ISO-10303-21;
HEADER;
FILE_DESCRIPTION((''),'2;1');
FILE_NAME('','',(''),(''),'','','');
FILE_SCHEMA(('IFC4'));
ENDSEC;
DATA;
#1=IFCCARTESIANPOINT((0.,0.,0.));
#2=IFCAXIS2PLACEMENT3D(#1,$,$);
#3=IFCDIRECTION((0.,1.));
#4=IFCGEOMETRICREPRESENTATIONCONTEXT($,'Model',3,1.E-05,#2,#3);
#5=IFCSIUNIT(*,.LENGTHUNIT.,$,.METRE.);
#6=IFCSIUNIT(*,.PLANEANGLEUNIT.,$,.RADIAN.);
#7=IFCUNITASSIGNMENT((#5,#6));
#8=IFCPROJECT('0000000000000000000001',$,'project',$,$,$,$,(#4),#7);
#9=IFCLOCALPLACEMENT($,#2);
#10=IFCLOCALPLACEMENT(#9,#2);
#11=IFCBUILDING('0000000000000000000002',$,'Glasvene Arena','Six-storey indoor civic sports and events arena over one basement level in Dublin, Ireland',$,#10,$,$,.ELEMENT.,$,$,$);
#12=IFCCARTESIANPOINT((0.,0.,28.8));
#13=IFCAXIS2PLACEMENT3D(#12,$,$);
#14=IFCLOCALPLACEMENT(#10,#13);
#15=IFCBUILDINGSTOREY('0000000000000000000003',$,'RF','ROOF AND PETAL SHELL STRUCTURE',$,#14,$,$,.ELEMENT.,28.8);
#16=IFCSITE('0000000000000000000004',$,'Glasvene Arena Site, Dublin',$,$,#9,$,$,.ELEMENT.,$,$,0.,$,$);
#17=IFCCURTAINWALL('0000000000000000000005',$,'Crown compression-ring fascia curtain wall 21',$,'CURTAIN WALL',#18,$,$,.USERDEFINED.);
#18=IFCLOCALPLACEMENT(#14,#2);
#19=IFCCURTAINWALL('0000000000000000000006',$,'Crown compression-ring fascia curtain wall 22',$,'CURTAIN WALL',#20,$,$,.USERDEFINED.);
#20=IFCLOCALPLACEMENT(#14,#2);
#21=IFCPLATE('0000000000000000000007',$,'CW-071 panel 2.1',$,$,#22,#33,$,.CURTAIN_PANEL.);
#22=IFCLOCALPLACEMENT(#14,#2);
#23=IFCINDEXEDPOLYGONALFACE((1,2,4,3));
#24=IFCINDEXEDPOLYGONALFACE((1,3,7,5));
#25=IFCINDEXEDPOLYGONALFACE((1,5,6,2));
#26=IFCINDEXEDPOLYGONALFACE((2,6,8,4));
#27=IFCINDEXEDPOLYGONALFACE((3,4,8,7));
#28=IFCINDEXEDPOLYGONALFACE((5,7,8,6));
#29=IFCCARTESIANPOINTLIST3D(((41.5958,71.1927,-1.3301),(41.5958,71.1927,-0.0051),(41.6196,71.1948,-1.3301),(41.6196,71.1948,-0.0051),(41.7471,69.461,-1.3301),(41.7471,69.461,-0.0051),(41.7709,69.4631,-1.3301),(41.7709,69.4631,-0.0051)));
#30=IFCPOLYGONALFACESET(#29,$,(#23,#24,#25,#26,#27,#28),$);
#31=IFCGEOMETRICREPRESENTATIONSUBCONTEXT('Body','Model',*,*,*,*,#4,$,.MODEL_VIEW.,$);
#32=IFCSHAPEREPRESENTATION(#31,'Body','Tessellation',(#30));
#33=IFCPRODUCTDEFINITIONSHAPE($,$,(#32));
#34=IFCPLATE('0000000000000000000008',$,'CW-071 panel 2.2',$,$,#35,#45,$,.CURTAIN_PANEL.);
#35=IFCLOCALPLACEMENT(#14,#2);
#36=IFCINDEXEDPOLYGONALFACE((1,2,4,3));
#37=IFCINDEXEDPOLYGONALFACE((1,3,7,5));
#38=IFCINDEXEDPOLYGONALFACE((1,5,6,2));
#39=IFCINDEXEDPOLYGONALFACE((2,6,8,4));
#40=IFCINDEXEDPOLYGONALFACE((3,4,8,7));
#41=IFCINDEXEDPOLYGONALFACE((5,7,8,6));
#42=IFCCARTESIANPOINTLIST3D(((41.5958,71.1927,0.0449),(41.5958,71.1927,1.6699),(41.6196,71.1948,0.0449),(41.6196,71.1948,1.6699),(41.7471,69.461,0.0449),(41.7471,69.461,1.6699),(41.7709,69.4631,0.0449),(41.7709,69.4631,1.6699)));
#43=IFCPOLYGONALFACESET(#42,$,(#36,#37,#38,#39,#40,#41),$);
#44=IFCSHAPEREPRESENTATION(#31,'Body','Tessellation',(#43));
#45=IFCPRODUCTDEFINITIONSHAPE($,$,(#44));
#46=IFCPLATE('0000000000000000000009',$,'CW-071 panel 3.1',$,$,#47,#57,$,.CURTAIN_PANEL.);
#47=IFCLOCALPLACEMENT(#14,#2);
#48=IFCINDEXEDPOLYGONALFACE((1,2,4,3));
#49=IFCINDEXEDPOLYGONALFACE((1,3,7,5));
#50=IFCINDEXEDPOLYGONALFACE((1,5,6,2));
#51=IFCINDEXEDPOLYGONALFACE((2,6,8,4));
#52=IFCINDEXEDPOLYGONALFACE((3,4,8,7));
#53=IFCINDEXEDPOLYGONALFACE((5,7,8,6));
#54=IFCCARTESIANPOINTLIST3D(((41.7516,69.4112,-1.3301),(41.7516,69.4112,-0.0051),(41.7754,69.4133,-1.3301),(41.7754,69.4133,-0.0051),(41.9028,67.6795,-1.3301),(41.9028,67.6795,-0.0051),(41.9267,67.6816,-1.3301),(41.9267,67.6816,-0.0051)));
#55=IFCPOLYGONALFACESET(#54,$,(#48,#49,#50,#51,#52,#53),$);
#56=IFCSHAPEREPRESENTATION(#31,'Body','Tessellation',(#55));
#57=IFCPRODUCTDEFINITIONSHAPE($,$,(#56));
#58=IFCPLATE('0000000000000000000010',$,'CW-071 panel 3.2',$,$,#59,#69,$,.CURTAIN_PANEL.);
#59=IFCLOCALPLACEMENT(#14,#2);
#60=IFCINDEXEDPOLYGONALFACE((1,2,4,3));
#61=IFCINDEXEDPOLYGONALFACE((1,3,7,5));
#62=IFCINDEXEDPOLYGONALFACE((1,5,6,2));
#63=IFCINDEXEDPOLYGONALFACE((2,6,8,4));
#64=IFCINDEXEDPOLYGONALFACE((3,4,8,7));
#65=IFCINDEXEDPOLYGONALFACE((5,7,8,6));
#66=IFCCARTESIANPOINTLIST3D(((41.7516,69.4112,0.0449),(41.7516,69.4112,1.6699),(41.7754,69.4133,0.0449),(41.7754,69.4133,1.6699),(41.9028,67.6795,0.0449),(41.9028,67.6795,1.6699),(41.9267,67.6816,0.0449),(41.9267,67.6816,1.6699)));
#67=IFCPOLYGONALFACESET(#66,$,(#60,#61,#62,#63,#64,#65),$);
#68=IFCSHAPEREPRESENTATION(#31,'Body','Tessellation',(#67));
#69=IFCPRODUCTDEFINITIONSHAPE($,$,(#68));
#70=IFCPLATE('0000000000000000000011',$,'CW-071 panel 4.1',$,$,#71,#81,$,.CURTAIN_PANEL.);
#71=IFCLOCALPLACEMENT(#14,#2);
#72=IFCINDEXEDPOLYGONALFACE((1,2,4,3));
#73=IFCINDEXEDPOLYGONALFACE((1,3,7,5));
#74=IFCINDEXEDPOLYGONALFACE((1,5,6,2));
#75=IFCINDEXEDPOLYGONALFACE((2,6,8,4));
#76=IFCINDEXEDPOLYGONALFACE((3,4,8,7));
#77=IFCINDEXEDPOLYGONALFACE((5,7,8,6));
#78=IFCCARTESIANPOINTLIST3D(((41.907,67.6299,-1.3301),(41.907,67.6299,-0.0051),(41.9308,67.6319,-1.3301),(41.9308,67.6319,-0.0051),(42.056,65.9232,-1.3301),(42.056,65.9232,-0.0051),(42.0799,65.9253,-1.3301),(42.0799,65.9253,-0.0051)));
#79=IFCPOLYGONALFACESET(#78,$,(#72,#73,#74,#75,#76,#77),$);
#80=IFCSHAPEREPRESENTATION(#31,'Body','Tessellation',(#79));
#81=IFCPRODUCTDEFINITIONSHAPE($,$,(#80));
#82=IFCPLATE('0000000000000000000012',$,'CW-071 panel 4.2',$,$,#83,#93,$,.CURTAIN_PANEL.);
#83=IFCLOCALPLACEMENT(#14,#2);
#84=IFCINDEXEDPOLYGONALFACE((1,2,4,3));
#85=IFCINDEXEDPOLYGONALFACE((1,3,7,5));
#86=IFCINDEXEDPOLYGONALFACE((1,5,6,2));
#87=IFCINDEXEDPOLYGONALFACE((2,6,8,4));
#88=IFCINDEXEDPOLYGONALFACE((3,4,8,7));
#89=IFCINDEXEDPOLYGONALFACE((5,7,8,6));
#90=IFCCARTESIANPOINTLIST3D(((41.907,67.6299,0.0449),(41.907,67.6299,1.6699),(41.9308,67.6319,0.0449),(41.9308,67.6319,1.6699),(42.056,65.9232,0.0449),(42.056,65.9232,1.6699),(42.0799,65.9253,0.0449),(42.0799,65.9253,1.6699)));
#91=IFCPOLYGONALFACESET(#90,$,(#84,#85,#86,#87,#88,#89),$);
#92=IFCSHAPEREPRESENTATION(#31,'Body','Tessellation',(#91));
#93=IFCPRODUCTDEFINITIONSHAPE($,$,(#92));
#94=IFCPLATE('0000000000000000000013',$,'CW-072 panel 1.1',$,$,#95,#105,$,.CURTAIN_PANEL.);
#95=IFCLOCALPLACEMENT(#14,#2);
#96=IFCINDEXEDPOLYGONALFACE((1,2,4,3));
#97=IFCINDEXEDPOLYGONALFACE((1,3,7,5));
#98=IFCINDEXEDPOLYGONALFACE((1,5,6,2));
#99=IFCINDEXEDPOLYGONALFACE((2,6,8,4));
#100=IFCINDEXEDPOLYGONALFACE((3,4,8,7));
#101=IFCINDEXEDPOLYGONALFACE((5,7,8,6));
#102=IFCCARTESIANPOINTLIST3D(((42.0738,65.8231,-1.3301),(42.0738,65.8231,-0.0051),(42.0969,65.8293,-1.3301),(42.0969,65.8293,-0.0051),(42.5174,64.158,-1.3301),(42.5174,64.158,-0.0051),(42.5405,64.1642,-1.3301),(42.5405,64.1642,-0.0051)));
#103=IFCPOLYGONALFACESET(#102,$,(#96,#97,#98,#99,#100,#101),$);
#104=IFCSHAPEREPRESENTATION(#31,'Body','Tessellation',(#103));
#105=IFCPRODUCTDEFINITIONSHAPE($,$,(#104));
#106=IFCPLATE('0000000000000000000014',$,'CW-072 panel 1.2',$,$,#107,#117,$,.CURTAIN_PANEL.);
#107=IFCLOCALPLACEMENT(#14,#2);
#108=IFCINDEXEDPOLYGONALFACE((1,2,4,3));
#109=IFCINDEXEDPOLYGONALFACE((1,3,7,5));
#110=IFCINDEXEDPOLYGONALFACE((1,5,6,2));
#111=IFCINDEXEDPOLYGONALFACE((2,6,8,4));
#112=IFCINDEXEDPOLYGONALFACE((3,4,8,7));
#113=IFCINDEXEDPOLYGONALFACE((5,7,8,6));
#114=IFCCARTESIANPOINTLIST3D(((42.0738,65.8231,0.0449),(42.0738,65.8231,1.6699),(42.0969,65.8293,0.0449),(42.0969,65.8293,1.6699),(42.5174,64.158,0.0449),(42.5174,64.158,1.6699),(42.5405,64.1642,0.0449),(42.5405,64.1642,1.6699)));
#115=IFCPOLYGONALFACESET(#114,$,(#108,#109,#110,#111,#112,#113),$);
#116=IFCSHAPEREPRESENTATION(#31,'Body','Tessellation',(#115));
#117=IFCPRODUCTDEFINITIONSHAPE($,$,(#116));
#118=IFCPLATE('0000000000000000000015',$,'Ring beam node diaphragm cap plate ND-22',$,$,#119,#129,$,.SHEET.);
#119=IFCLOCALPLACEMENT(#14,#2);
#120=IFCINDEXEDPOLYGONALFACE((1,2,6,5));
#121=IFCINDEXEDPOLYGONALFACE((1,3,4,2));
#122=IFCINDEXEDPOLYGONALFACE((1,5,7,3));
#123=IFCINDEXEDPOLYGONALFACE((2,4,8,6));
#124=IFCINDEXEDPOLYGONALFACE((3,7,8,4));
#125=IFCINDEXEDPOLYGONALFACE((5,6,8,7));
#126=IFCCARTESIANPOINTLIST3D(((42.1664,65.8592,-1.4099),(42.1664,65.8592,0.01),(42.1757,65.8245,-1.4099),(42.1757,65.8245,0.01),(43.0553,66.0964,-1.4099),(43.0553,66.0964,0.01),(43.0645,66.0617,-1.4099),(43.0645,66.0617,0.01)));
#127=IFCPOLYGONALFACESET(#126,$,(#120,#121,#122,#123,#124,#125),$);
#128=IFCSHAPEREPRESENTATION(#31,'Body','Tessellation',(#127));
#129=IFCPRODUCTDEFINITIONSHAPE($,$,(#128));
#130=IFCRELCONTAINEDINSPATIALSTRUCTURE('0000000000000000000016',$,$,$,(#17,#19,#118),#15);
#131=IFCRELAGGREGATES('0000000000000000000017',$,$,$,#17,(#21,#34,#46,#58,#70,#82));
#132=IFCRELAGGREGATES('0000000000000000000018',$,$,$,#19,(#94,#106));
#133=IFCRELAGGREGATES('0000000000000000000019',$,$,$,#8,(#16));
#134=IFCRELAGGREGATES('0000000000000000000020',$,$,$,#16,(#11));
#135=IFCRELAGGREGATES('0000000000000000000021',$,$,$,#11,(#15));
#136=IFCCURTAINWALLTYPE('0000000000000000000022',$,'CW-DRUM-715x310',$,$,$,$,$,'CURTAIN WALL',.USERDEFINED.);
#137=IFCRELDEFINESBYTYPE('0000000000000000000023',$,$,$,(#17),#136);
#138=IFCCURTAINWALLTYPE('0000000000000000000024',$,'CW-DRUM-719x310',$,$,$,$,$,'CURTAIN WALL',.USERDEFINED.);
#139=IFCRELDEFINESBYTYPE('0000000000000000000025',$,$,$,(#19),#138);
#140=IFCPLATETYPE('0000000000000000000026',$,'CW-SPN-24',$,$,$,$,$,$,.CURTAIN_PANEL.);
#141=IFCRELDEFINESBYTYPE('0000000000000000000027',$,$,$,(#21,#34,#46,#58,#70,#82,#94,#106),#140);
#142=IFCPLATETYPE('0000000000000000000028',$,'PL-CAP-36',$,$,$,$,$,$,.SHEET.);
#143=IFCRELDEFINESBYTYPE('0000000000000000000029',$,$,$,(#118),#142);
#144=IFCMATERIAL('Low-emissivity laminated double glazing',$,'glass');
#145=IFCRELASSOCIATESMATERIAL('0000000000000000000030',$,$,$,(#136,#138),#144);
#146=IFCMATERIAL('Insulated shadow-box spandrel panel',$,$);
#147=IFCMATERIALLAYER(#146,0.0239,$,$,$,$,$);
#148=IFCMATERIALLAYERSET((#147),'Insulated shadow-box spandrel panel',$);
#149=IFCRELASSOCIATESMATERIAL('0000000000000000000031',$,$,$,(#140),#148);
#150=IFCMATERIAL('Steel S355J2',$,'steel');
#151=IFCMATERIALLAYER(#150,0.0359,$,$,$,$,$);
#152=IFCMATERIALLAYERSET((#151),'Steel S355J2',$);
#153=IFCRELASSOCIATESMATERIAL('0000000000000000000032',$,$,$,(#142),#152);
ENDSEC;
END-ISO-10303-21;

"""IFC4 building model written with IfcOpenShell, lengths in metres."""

from ifc_helpers import new_model, si_unit, direction, frame, origin, origin_2d, place, context, subcontext, project, spatial, rectangle, extrude, material, layer, layer_set, type_object, element, aggregate, save


model = new_model("IFC4")

# Units and contexts
model_context = context("Model", 3, precision=1e-05, world=origin(), true_north=direction((0.0, 1.0)))
body_context = subcontext(model_context, "Body", "Model", "MODEL_VIEW")
ifc_project = project(units=[si_unit("LENGTHUNIT", "METRE"), si_unit("PLANEANGLEUNIT", "RADIAN")], contexts=[model_context])

# Site, building, storey
site_placement = place(None, origin())
site = spatial("IfcSite", under=ifc_project, at=site_placement, Name="Glasvene Arena Site, Dublin", CompositionType="ELEMENT", RefElevation=0.0)
building_placement = place(site_placement, origin())
building = spatial("IfcBuilding", under=site, at=building_placement, Name="Glasvene Arena", Description="Six-storey indoor civic sports and events arena over one basement level in Dublin, Ireland", CompositionType="ELEMENT")
storey_placement = place(building_placement, frame((0.0, 0.0, 28.8)))
storey = spatial("IfcBuildingStorey", under=building, at=storey_placement, Name="RF", Description="ROOF AND PETAL SHELL STRUCTURE", CompositionType="ELEMENT", Elevation=28.8)

# Shared definitions
ifc_material_1 = material(Name="Steel S355J2", Category="steel")

# Curtain walls
ifc_material_2 = material(Name="Low-emissivity laminated double glazing", Category="glass")
curtain_wall_type_1 = type_object("IfcCurtainWallType", Name="CW-DRUM-715x310", ElementType="CURTAIN WALL", PredefinedType="USERDEFINED", material=ifc_material_2)
curtain_wall_1_placement = place(storey_placement, frame((41.45, 73.0, 0.0)))
curtain_wall_1 = element("IfcCurtainWall", 1, at=curtain_wall_1_placement, inside=storey, type_object=curtain_wall_type_1, Name="Crown compression-ring fascia curtain wall 21", ObjectType="CURTAIN WALL", PredefinedType="USERDEFINED")
curtain_wall_type_2 = type_object("IfcCurtainWallType", Name="CW-DRUM-719x310", ElementType="CURTAIN WALL", PredefinedType="USERDEFINED", material=ifc_material_2)
curtain_wall_2_placement = place(storey_placement, frame((42.0725, 65.8745, 0.0)))
curtain_wall_2 = element("IfcCurtainWall", 2, at=curtain_wall_2_placement, inside=storey, type_object=curtain_wall_type_2, Name="Crown compression-ring fascia curtain wall 22", ObjectType="CURTAIN WALL", PredefinedType="USERDEFINED")

# Plates
ifc_material_3 = material(Name="Insulated shadow-box spandrel panel")
ifc_layer_1 = layer(ifc_material_3, 0.0239)
ifc_layer_set_1 = layer_set([ifc_layer_1], Name="Insulated shadow-box spandrel panel")
plate_type_1 = type_object("IfcPlateType", Name="CW-SPN-24", PredefinedType="CURTAIN_PANEL", material=ifc_layer_set_1)
plate_1_placement = place(storey_placement, frame((41.6833, 70.3279, -1.3301), z_axis=(0.0, 0.0, 1.0), x_axis=(0.087016, -0.996207, 0.0)))
plate_1 = element("IfcPlate", 3, at=plate_1_placement, type_object=plate_type_1, Name="CW-071 panel 2.1", PredefinedType="CURTAIN_PANEL", context=body_context, shape_type="SweptSolid", body=[
    extrude(rectangle(XDim=1.7383, YDim=0.0239, at=origin_2d()), origin(), (0.0, 0.0, 1.0), 1.325),
])
plate_2_placement = place(storey_placement, frame((41.6833, 70.3279, 0.0449), z_axis=(0.0, 0.0, 1.0), x_axis=(0.087016, -0.996207, 0.0)))
plate_2 = element("IfcPlate", 4, at=plate_2_placement, type_object=plate_type_1, Name="CW-071 panel 2.2", PredefinedType="CURTAIN_PANEL", context=body_context, shape_type="SweptSolid", body=[
    extrude(rectangle(XDim=1.7383, YDim=0.0239, at=origin_2d()), origin(), (0.0, 0.0, 1.0), 1.625),
])
plate_3_placement = place(storey_placement, frame((41.8391, 68.5464, -1.3301), z_axis=(0.0, 0.0, 1.0), x_axis=(0.087016, -0.996207, 0.0)))
plate_3 = element("IfcPlate", 5, at=plate_3_placement, type_object=plate_type_1, Name="CW-071 panel 3.1", PredefinedType="CURTAIN_PANEL", context=body_context, shape_type="SweptSolid", body=[
    extrude(rectangle(XDim=1.7383, YDim=0.0239, at=origin_2d()), origin(), (0.0, 0.0, 1.0), 1.325),
])
plate_4_placement = place(storey_placement, frame((41.8391, 68.5464, 0.0449), z_axis=(0.0, 0.0, 1.0), x_axis=(0.087016, -0.996207, 0.0)))
plate_4 = element("IfcPlate", 6, at=plate_4_placement, type_object=plate_type_1, Name="CW-071 panel 3.2", PredefinedType="CURTAIN_PANEL", context=body_context, shape_type="SweptSolid", body=[
    extrude(rectangle(XDim=1.7383, YDim=0.0239, at=origin_2d()), origin(), (0.0, 0.0, 1.0), 1.625),
])
plate_5_placement = place(storey_placement, frame((41.9934, 66.7776, -1.3301), z_axis=(0.0, 0.0, 1.0), x_axis=(0.087016, -0.996207, 0.0)))
plate_5 = element("IfcPlate", 7, at=plate_5_placement, type_object=plate_type_1, Name="CW-071 panel 4.1", PredefinedType="CURTAIN_PANEL", context=body_context, shape_type="SweptSolid", body=[
    extrude(rectangle(XDim=1.7131, YDim=0.0239, at=origin_2d()), origin(), (0.0, 0.0, 1.0), 1.325),
])
plate_6_placement = place(storey_placement, frame((41.9934, 66.7776, 0.0449), z_axis=(0.0, 0.0, 1.0), x_axis=(0.087016, -0.996207, 0.0)))
plate_6 = element("IfcPlate", 8, at=plate_6_placement, type_object=plate_type_1, Name="CW-071 panel 4.2", PredefinedType="CURTAIN_PANEL", context=body_context, shape_type="SweptSolid", body=[
    extrude(rectangle(XDim=1.7131, YDim=0.0239, at=origin_2d()), origin(), (0.0, 0.0, 1.0), 1.625),
])
aggregate(curtain_wall_1, [plate_1, plate_2, plate_3, plate_4, plate_5, plate_6])
plate_7_placement = place(storey_placement, frame((42.3071, 64.9937, -1.3301), z_axis=(0.0, 0.0, 1.0), x_axis=(0.257447, -0.966292, 0.0)))
plate_7 = element("IfcPlate", 9, at=plate_7_placement, type_object=plate_type_1, Name="CW-072 panel 1.1", PredefinedType="CURTAIN_PANEL", context=body_context, shape_type="SweptSolid", body=[
    extrude(rectangle(XDim=1.7231, YDim=0.0239, at=origin_2d()), origin(), (0.0, 0.0, 1.0), 1.325),
])
plate_8_placement = place(storey_placement, frame((42.3071, 64.9937, 0.0449), z_axis=(0.0, 0.0, 1.0), x_axis=(0.257447, -0.966292, 0.0)))
plate_8 = element("IfcPlate", 10, at=plate_8_placement, type_object=plate_type_1, Name="CW-072 panel 1.2", PredefinedType="CURTAIN_PANEL", context=body_context, shape_type="SweptSolid", body=[
    extrude(rectangle(XDim=1.7231, YDim=0.0239, at=origin_2d()), origin(), (0.0, 0.0, 1.0), 1.625),
])
aggregate(curtain_wall_2, [plate_7, plate_8])
ifc_layer_2 = layer(ifc_material_1, 0.0359)
ifc_layer_set_2 = layer_set([ifc_layer_2], Name="Steel S355J2")
plate_type_2 = type_object("IfcPlateType", Name="PL-CAP-36", PredefinedType="SHEET", material=ifc_layer_set_2)
plate_9_placement = place(storey_placement, frame((42.6155, 65.9604, -1.4099), z_axis=(0.0, 0.0, 1.0), x_axis=(0.257807, -0.966196, 0.0)))
element("IfcPlate", 11, at=plate_9_placement, inside=storey, type_object=plate_type_2, Name="Ring beam node diaphragm cap plate ND-22", PredefinedType="SHEET", context=body_context, shape_type="SweptSolid", body=[
    extrude(rectangle(XDim=0.0359, YDim=0.9199, at=origin_2d()), origin(), (0.0, 0.0, 1.0), 1.4199),
])

save(model, "model.ifc")
